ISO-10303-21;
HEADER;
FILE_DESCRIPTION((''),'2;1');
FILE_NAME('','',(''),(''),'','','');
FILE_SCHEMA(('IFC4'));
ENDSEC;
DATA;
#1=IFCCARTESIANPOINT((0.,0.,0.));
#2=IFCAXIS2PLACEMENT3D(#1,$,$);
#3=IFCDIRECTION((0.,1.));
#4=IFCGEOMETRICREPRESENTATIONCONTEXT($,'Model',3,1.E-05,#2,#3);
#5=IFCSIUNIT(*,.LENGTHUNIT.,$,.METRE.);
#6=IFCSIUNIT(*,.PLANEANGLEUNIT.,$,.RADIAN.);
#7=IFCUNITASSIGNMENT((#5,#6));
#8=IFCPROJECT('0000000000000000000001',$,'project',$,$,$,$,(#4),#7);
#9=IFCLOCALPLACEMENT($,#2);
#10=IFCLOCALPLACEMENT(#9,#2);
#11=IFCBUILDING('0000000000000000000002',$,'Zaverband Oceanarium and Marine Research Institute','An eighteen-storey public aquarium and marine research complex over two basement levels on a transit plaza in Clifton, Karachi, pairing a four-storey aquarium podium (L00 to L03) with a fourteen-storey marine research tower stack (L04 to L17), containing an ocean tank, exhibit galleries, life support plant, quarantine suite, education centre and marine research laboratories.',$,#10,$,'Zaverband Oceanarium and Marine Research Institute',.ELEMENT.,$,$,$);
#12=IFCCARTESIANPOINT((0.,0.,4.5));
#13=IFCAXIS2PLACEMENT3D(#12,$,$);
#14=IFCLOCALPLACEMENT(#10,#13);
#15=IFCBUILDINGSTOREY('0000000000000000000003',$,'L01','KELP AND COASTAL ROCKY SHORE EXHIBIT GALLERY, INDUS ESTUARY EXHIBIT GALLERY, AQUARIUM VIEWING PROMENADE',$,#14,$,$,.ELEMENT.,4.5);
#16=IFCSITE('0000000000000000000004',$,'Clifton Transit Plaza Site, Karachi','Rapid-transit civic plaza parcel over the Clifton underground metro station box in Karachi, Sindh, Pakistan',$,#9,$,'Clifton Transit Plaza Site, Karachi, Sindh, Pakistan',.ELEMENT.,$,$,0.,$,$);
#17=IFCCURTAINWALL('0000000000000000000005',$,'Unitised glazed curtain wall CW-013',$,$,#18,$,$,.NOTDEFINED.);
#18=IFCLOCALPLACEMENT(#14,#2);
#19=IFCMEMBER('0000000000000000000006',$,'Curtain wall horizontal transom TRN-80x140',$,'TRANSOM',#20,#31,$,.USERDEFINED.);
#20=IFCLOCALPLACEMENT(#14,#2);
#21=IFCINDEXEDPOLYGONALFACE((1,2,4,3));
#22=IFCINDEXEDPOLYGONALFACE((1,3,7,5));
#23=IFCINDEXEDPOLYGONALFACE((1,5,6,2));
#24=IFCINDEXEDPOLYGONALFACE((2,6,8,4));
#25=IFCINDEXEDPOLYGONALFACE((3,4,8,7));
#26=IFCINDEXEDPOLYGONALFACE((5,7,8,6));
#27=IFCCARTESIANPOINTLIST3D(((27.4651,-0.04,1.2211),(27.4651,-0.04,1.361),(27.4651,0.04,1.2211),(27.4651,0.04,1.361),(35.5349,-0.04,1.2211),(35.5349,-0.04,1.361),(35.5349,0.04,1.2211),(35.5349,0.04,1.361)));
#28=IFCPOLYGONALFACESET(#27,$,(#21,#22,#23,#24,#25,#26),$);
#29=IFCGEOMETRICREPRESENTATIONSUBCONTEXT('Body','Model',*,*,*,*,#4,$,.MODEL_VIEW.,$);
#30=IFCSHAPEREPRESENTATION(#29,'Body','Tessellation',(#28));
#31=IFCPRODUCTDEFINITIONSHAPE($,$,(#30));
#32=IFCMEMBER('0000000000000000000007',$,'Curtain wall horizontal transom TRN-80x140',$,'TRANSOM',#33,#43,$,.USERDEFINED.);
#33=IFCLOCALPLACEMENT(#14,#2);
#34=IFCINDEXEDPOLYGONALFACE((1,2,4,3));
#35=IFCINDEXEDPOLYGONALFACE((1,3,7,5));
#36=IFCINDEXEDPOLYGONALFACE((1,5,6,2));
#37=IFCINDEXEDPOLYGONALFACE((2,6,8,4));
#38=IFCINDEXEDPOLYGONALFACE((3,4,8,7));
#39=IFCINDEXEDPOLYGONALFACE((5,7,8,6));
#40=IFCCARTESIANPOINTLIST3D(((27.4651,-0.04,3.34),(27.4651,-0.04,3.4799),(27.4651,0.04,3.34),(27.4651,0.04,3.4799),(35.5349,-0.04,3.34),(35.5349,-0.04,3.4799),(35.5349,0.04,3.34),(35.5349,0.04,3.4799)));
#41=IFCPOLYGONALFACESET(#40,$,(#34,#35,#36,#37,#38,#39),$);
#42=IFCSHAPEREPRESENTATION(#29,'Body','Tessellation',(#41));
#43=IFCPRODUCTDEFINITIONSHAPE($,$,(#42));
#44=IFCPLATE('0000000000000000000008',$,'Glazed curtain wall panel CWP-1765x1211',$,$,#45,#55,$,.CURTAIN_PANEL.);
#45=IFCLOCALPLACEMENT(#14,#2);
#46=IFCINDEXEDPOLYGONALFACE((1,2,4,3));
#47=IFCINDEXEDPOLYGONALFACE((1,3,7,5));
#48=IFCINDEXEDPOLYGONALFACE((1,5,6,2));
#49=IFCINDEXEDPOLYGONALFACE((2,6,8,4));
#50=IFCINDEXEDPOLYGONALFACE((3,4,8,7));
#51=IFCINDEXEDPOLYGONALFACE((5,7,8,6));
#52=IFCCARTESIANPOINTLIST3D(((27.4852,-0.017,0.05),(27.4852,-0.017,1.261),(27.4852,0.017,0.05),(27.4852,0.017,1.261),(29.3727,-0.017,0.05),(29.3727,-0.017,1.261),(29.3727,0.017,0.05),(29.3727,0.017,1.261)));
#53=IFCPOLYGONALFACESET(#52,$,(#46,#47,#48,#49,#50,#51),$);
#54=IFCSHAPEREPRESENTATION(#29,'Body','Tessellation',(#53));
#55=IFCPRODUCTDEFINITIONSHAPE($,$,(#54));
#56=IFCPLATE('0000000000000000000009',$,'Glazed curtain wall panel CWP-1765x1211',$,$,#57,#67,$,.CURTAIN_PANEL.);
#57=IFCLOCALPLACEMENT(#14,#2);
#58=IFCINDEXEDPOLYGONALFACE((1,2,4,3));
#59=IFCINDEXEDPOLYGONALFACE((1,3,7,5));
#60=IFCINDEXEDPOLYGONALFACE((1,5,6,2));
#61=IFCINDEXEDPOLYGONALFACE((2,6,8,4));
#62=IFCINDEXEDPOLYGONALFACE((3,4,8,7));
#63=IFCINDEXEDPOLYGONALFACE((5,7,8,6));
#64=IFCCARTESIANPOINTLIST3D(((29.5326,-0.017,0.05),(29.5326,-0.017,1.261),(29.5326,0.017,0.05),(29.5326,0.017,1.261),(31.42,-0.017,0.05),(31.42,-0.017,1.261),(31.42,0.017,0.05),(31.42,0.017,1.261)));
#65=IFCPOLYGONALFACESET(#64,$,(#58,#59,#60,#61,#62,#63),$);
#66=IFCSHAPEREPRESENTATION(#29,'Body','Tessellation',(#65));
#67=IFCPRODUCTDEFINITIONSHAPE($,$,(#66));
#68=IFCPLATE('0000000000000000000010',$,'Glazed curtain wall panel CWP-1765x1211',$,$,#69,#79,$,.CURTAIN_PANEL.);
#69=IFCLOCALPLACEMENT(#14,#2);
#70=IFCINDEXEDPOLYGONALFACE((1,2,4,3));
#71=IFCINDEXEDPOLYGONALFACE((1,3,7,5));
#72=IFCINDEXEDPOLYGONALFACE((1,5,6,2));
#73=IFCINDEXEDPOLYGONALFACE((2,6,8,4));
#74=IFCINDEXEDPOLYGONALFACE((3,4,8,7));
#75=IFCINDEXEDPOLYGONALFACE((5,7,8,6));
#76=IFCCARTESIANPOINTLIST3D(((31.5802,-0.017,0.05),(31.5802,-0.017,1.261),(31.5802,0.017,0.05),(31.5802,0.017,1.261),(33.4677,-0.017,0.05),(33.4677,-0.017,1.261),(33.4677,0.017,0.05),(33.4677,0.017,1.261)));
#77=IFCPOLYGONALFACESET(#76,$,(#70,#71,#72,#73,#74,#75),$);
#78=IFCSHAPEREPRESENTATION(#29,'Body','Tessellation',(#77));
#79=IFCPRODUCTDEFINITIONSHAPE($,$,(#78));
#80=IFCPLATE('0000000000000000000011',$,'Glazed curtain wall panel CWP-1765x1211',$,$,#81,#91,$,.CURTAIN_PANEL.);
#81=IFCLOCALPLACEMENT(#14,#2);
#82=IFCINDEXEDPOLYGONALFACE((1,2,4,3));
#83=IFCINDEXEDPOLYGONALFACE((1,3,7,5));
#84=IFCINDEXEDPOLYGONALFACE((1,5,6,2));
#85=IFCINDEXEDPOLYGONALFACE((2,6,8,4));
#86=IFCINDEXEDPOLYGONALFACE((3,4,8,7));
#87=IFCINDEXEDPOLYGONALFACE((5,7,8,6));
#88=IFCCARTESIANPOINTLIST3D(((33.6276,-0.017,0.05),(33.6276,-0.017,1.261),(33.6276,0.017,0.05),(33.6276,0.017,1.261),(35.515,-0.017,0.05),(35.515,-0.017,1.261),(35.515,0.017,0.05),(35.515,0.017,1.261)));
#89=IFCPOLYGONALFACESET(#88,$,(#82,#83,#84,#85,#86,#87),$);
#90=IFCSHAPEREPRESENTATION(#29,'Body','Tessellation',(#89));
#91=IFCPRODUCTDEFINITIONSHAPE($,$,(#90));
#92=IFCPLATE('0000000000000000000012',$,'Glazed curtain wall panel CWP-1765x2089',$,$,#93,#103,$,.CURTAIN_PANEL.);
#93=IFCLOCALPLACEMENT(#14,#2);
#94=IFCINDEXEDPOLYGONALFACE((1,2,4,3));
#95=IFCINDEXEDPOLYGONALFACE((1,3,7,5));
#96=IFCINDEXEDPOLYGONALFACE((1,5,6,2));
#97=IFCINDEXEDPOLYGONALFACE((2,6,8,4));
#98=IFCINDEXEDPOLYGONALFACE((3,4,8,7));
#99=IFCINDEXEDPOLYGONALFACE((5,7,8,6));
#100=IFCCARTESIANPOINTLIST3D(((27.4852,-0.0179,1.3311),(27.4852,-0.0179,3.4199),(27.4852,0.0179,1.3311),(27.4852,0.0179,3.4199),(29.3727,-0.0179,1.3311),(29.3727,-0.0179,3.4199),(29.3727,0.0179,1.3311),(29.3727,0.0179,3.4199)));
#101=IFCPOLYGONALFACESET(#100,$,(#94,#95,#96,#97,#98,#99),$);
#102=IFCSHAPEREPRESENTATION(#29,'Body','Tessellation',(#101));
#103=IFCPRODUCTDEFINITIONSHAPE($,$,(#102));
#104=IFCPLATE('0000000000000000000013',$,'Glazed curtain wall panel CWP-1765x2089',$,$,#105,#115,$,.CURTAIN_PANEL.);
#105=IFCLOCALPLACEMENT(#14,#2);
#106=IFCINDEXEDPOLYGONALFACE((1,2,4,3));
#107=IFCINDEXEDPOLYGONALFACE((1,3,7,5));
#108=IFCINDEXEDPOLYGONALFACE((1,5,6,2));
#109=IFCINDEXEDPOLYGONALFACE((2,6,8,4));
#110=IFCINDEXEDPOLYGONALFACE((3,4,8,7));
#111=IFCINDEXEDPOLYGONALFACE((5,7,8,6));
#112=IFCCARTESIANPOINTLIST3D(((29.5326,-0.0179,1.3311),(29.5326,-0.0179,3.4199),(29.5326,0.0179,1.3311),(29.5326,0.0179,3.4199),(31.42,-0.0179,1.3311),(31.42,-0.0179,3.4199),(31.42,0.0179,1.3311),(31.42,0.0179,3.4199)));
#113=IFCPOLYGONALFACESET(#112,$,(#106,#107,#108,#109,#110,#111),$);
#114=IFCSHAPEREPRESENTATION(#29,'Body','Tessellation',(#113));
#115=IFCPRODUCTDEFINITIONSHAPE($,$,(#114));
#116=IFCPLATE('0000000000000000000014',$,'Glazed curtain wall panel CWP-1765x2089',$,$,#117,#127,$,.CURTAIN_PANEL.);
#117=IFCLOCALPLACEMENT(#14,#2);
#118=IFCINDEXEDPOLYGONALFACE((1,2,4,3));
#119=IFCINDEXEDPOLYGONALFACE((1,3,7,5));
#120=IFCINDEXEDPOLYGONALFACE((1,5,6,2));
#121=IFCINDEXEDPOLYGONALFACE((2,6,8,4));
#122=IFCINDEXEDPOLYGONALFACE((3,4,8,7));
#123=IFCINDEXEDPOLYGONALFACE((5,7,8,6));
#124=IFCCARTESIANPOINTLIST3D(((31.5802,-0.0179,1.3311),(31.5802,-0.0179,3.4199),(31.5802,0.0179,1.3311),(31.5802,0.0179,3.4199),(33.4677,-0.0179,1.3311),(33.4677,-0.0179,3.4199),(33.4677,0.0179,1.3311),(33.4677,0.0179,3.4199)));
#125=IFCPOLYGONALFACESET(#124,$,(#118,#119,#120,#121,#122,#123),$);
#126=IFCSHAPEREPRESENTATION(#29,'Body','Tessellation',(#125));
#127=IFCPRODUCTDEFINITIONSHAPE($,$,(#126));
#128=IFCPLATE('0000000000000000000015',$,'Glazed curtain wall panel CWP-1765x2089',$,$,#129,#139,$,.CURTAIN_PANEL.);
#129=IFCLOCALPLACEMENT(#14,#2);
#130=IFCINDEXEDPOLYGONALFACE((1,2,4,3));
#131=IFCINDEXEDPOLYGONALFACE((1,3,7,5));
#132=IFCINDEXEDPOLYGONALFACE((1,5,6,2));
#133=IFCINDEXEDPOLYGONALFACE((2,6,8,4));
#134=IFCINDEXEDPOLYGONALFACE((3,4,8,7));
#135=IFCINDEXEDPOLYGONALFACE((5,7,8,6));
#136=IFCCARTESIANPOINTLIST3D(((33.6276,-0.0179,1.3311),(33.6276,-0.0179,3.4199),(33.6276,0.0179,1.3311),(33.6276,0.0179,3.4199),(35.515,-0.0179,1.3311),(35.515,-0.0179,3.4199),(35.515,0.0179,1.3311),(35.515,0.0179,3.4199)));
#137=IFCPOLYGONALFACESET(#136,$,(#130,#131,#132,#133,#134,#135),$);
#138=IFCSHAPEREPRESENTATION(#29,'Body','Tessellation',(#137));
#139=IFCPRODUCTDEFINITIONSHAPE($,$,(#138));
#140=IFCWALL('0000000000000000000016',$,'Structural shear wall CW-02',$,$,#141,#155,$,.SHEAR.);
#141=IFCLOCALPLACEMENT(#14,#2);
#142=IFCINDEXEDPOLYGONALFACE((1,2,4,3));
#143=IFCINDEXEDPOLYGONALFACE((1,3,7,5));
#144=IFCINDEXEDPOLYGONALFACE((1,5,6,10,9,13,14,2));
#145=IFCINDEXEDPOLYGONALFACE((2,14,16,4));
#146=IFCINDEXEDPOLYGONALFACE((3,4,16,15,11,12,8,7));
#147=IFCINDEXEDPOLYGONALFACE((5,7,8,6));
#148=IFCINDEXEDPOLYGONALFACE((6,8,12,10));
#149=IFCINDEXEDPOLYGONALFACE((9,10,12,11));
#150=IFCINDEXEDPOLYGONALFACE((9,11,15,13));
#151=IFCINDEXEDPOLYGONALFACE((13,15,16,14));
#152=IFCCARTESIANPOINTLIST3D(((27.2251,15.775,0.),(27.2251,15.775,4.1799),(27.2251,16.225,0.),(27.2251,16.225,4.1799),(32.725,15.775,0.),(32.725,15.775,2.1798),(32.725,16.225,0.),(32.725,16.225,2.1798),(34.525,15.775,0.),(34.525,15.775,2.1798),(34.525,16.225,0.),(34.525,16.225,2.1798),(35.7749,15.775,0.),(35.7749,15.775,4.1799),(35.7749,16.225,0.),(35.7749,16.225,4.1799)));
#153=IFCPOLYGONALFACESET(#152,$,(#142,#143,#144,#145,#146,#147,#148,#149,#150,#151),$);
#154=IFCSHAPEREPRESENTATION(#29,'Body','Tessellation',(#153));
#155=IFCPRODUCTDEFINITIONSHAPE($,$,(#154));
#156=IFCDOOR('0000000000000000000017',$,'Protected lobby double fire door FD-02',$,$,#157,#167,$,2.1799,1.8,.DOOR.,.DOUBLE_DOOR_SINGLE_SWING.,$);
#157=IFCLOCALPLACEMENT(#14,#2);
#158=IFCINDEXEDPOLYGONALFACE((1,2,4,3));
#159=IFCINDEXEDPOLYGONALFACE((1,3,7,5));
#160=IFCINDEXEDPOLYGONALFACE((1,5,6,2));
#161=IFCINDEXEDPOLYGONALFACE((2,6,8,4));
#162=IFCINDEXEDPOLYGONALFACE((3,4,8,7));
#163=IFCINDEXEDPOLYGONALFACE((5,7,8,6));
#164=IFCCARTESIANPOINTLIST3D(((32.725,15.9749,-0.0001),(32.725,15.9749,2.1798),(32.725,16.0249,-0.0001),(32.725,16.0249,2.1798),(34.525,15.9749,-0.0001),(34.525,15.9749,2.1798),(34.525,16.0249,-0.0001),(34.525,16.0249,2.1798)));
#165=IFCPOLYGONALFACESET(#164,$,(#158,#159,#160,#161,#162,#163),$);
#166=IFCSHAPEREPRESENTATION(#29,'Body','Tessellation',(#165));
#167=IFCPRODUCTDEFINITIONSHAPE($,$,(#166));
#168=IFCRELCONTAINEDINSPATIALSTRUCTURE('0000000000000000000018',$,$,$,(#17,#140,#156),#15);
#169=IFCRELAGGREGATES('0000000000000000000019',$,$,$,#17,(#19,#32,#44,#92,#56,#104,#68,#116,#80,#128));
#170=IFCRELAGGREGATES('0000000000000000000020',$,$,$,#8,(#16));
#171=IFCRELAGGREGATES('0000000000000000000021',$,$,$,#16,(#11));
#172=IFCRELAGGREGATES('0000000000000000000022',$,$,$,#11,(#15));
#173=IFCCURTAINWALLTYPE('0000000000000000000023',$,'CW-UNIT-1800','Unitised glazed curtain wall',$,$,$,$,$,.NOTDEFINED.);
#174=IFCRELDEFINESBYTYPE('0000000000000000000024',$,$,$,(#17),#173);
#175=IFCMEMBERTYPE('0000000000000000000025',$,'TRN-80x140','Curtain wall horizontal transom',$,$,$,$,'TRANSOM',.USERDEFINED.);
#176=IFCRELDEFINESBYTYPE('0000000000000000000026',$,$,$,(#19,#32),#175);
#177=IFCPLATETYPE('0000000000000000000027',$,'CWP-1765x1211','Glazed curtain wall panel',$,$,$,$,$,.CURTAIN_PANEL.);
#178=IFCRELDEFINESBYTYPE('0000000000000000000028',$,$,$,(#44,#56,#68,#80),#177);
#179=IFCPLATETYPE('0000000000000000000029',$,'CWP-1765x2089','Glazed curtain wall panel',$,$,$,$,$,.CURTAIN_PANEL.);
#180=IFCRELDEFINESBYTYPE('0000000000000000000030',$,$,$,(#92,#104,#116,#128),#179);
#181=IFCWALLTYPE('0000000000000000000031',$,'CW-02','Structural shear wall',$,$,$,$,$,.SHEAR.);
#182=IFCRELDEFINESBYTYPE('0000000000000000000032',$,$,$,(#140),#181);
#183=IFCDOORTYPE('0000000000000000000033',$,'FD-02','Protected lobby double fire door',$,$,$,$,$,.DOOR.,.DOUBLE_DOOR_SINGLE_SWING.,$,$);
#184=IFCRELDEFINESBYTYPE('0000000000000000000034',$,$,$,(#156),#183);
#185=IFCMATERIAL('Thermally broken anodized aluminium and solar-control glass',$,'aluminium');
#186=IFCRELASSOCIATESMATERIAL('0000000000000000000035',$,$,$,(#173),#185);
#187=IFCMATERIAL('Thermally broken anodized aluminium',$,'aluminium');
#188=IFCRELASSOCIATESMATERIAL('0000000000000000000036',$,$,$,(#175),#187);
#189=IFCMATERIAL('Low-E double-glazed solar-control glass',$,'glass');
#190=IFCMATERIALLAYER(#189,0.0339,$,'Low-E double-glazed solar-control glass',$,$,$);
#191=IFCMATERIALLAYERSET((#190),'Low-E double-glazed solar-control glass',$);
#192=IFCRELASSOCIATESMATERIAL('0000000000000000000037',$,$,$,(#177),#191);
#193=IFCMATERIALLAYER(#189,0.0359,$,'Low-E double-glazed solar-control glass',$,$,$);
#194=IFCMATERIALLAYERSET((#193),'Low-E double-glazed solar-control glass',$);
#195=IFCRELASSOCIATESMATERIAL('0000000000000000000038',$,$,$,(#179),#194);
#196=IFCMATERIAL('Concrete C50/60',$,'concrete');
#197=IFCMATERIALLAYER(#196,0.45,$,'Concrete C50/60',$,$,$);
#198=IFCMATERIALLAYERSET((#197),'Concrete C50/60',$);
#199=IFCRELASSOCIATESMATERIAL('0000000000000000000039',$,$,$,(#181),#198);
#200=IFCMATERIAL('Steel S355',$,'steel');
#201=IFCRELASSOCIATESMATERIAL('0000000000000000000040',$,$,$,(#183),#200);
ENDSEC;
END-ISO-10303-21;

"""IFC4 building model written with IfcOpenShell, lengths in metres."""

from ifc_helpers import new_model, si_unit, direction, frame, frame_2d, origin, origin_2d, place, context, subcontext, project, spatial, rectangle, extrude, material, layer, layer_set, material_profile, profile_set, type_object, element, fill, aggregate, save


model = new_model("IFC4")

# Units and contexts
model_context = context("Model", 3, precision=1e-05, world=origin(), true_north=direction((0.0, 1.0)))
body_context = subcontext(model_context, "Body", "Model", "MODEL_VIEW")
ifc_project = project(units=[si_unit("LENGTHUNIT", "METRE"), si_unit("PLANEANGLEUNIT", "RADIAN")], contexts=[model_context])

# Site, building, storey
site_placement = place(None, origin())
site = spatial("IfcSite", under=ifc_project, at=site_placement, Name="Clifton Transit Plaza Site, Karachi", Description="Rapid-transit civic plaza parcel over the Clifton underground metro station box in Karachi, Sindh, Pakistan", LongName="Clifton Transit Plaza Site, Karachi, Sindh, Pakistan", CompositionType="ELEMENT", RefElevation=0.0)
building_placement = place(site_placement, origin())
building = spatial("IfcBuilding", under=site, at=building_placement, Name="Zaverband Oceanarium and Marine Research Institute", Description="An eighteen-storey public aquarium and marine research complex over two basement levels on a transit plaza in Clifton, Karachi, pairing a four-storey aquarium podium (L00 to L03) with a fourteen-storey marine research tower stack (L04 to L17), containing an ocean tank, exhibit galleries, life support plant, quarantine suite, education centre and marine research laboratories.", LongName="Zaverband Oceanarium and Marine Research Institute", CompositionType="ELEMENT")
storey_placement = place(building_placement, frame((0.0, 0.0, 4.5)))
storey = spatial("IfcBuildingStorey", under=building, at=storey_placement, Name="L01", Description="KELP AND COASTAL ROCKY SHORE EXHIBIT GALLERY, INDUS ESTUARY EXHIBIT GALLERY, AQUARIUM VIEWING PROMENADE", CompositionType="ELEMENT", Elevation=4.5)

# Shared definitions
ifc_material_1 = material(Name="Concrete C50/60", Category="concrete")

# Curtain wall
ifc_material_2 = material(Name="Thermally broken anodized aluminium and solar-control glass", Category="aluminium")
curtain_wall_type = type_object("IfcCurtainWallType", Name="CW-UNIT-1800", Description="Unitised glazed curtain wall", PredefinedType="NOTDEFINED", material=ifc_material_2)
curtain_wall_placement = place(storey_placement, origin())
curtain_wall = element("IfcCurtainWall", 1, at=curtain_wall_placement, inside=storey, type_object=curtain_wall_type, Name="Unitised glazed curtain wall CW-013", PredefinedType="NOTDEFINED")
ifc_material_3 = material(Name="Thermally broken anodized aluminium", Category="aluminium")

# Members
ifc_material_profile_1 = material_profile(ifc_material_3, rectangle(XDim=0.0801, YDim=0.1399, at=origin_2d()), Name="AL-TRN-80x140")
ifc_profile_set_1 = profile_set([ifc_material_profile_1], Name="Thermally broken anodized aluminium")
member_type_1 = type_object("IfcMemberType", Name="TRN-80x140", Description="Curtain wall horizontal transom", ElementType="TRANSOM", PredefinedType="USERDEFINED", material=ifc_profile_set_1)
member_1_placement = place(storey_placement, frame((27.4651, 0.0, 1.291), z_axis=(1.0, 0.0, 0.0), x_axis=(0.0, 1.0, 0.0)))
member_1 = element("IfcMember", 2, at=member_1_placement, type_object=member_type_1, Name="Curtain wall horizontal transom TRN-80x140", ObjectType="TRANSOM", PredefinedType="USERDEFINED", context=body_context, shape_type="SweptSolid", body=[
    extrude(rectangle(XDim=0.0801, YDim=0.1399, at=origin_2d()), origin(), (0.0, 0.0, 1.0), 8.0698),
])
member_2_placement = place(storey_placement, frame((27.4651, 0.0, 3.4099), z_axis=(1.0, 0.0, 0.0), x_axis=(0.0, 1.0, 0.0)))
member_2 = element("IfcMember", 3, at=member_2_placement, type_object=member_type_1, Name="Curtain wall horizontal transom TRN-80x140", ObjectType="TRANSOM", PredefinedType="USERDEFINED", context=body_context, shape_type="SweptSolid", body=[
    extrude(rectangle(XDim=0.0801, YDim=0.1399, at=origin_2d()), origin(), (0.0, 0.0, 1.0), 8.0698),
])

# Plates
ifc_material_4 = material(Name="Low-E double-glazed solar-control glass", Category="glass")
ifc_layer_1 = layer(ifc_material_4, 0.0339, Name="Low-E double-glazed solar-control glass")
ifc_layer_set_1 = layer_set([ifc_layer_1], Name="Low-E double-glazed solar-control glass")
plate_type_1 = type_object("IfcPlateType", Name="CWP-1765x1211", Description="Glazed curtain wall panel", PredefinedType="CURTAIN_PANEL", material=ifc_layer_set_1)
plate_1_placement = place(storey_placement, frame((27.4851, 0.0, 0.05), z_axis=(0.0, 0.0, 1.0), x_axis=(1.0, 0.0, 0.0)))
plate_1 = element("IfcPlate", 4, at=plate_1_placement, type_object=plate_type_1, Name="Glazed curtain wall panel CWP-1765x1211", PredefinedType="CURTAIN_PANEL", context=body_context, shape_type="SweptSolid", body=[
    extrude(rectangle(XDim=1.8875, YDim=0.0339, at=frame_2d((0.9438, 0.0))), origin(), (0.0, 0.0, 1.0), 1.2109),
])
plate_2_placement = place(storey_placement, frame((29.5325, 0.0, 0.05), z_axis=(0.0, 0.0, 1.0), x_axis=(1.0, 0.0, 0.0)))
plate_2 = element("IfcPlate", 5, at=plate_2_placement, type_object=plate_type_1, Name="Glazed curtain wall panel CWP-1765x1211", PredefinedType="CURTAIN_PANEL", context=body_context, shape_type="SweptSolid", body=[
    extrude(rectangle(XDim=1.8875, YDim=0.0339, at=frame_2d((0.9438, 0.0))), origin(), (0.0, 0.0, 1.0), 1.2109),
])
plate_3_placement = place(storey_placement, frame((31.5801, 0.0, 0.05), z_axis=(0.0, 0.0, 1.0), x_axis=(1.0, 0.0, 0.0)))
plate_3 = element("IfcPlate", 6, at=plate_3_placement, type_object=plate_type_1, Name="Glazed curtain wall panel CWP-1765x1211", PredefinedType="CURTAIN_PANEL", context=body_context, shape_type="SweptSolid", body=[
    extrude(rectangle(XDim=1.8875, YDim=0.0339, at=frame_2d((0.9438, 0.0))), origin(), (0.0, 0.0, 1.0), 1.2109),
])
plate_4_placement = place(storey_placement, frame((33.6274, 0.0, 0.05), z_axis=(0.0, 0.0, 1.0), x_axis=(1.0, 0.0, 0.0)))
plate_4 = element("IfcPlate", 7, at=plate_4_placement, type_object=plate_type_1, Name="Glazed curtain wall panel CWP-1765x1211", PredefinedType="CURTAIN_PANEL", context=body_context, shape_type="SweptSolid", body=[
    extrude(rectangle(XDim=1.8875, YDim=0.0339, at=frame_2d((0.9438, 0.0))), origin(), (0.0, 0.0, 1.0), 1.2109),
])
ifc_layer_2 = layer(ifc_material_4, 0.0359, Name="Low-E double-glazed solar-control glass")
ifc_layer_set_2 = layer_set([ifc_layer_2], Name="Low-E double-glazed solar-control glass")
plate_type_2 = type_object("IfcPlateType", Name="CWP-1765x2089", Description="Glazed curtain wall panel", PredefinedType="CURTAIN_PANEL", material=ifc_layer_set_2)
plate_5_placement = place(storey_placement, frame((27.4851, 0.0, 1.3311), z_axis=(0.0, 0.0, 1.0), x_axis=(1.0, 0.0, 0.0)))
plate_5 = element("IfcPlate", 8, at=plate_5_placement, type_object=plate_type_2, Name="Glazed curtain wall panel CWP-1765x2089", PredefinedType="CURTAIN_PANEL", context=body_context, shape_type="SweptSolid", body=[
    extrude(rectangle(XDim=1.8875, YDim=0.0359, at=frame_2d((0.9438, 0.0))), origin(), (0.0, 0.0, 1.0), 2.0889),
])
plate_6_placement = place(storey_placement, frame((29.5325, 0.0, 1.3311), z_axis=(0.0, 0.0, 1.0), x_axis=(1.0, 0.0, 0.0)))
plate_6 = element("IfcPlate", 9, at=plate_6_placement, type_object=plate_type_2, Name="Glazed curtain wall panel CWP-1765x2089", PredefinedType="CURTAIN_PANEL", context=body_context, shape_type="SweptSolid", body=[
    extrude(rectangle(XDim=1.8875, YDim=0.0359, at=frame_2d((0.9438, 0.0))), origin(), (0.0, 0.0, 1.0), 2.0889),
])
plate_7_placement = place(storey_placement, frame((31.5801, 0.0, 1.3311), z_axis=(0.0, 0.0, 1.0), x_axis=(1.0, 0.0, 0.0)))
plate_7 = element("IfcPlate", 10, at=plate_7_placement, type_object=plate_type_2, Name="Glazed curtain wall panel CWP-1765x2089", PredefinedType="CURTAIN_PANEL", context=body_context, shape_type="SweptSolid", body=[
    extrude(rectangle(XDim=1.8875, YDim=0.0359, at=frame_2d((0.9438, 0.0))), origin(), (0.0, 0.0, 1.0), 2.0889),
])
plate_8_placement = place(storey_placement, frame((33.6274, 0.0, 1.3311), z_axis=(0.0, 0.0, 1.0), x_axis=(1.0, 0.0, 0.0)))
plate_8 = element("IfcPlate", 11, at=plate_8_placement, type_object=plate_type_2, Name="Glazed curtain wall panel CWP-1765x2089", PredefinedType="CURTAIN_PANEL", context=body_context, shape_type="SweptSolid", body=[
    extrude(rectangle(XDim=1.8875, YDim=0.0359, at=frame_2d((0.9438, 0.0))), origin(), (0.0, 0.0, 1.0), 2.0889),
])
aggregate(curtain_wall, [member_1, member_2, plate_1, plate_5, plate_2, plate_6, plate_3, plate_7, plate_4, plate_8])

# Wall, opening, door
ifc_layer_3 = layer(ifc_material_1, 0.45, Name="Concrete C50/60")
ifc_layer_set_3 = layer_set([ifc_layer_3], Name="Concrete C50/60")
wall_type = type_object("IfcWallType", Name="CW-02", Description="Structural shear wall", PredefinedType="SHEAR", material=ifc_layer_set_3)
wall_1_placement = place(storey_placement, frame((27.2251, 16.0, 0.0), z_axis=(0.0, 0.0, 1.0), x_axis=(1.0, 0.0, 0.0)))
wall_1 = element("IfcWall", 12, at=wall_1_placement, inside=storey, type_object=wall_type, Name="Structural shear wall CW-02", PredefinedType="SHEAR", context=body_context, shape_type="SweptSolid", body=[
    extrude(rectangle(XDim=8.5498, YDim=0.45, at=frame_2d((4.2749, 0.0))), origin(), (0.0, 0.0, 1.0), 4.1799),
])
opening_1_placement = place(wall_1_placement, frame((5.5, 0.0, 0.0)))
opening_1 = element("IfcOpeningElement", 13, at=opening_1_placement, cuts=wall_1, PredefinedType="OPENING", context=body_context, shape_type="SweptSolid", body=[
    extrude(rectangle(XDim=1.8, YDim=2.1799, at=frame_2d((0.8999, 1.0898))), frame((0.0, 0.2368, 0.0), z_axis=(0.0, -1.0, 0.0), x_axis=(1.0, 0.0, 0.0)), (0.0, 0.0, 1.0), 0.4739),
])
ifc_material_5 = material(Name="Steel S355", Category="steel")
door_type_1 = type_object("IfcDoorType", Name="FD-02", Description="Protected lobby double fire door", OperationType="DOUBLE_DOOR_SINGLE_SWING", PredefinedType="DOOR", material=ifc_material_5)
door_1_placement = place(opening_1_placement, origin())
door_1 = element("IfcDoor", 14, at=door_1_placement, inside=storey, type_object=door_type_1, Name="Protected lobby double fire door FD-02", OperationType="DOUBLE_DOOR_SINGLE_SWING", OverallHeight=2.1799, OverallWidth=1.8, PredefinedType="DOOR", context=body_context, shape_type="SweptSolid", body=[
    extrude(rectangle(XDim=1.8, YDim=2.1799, at=frame_2d((0.8999, 1.0898))), frame((0.0, 0.0249, 0.0), z_axis=(0.0, -1.0, 0.0), x_axis=(1.0, 0.0, 0.0)), (0.0, 0.0, 1.0), 0.05),
])
fill(opening_1, door_1)

save(model, "model.ifc")
